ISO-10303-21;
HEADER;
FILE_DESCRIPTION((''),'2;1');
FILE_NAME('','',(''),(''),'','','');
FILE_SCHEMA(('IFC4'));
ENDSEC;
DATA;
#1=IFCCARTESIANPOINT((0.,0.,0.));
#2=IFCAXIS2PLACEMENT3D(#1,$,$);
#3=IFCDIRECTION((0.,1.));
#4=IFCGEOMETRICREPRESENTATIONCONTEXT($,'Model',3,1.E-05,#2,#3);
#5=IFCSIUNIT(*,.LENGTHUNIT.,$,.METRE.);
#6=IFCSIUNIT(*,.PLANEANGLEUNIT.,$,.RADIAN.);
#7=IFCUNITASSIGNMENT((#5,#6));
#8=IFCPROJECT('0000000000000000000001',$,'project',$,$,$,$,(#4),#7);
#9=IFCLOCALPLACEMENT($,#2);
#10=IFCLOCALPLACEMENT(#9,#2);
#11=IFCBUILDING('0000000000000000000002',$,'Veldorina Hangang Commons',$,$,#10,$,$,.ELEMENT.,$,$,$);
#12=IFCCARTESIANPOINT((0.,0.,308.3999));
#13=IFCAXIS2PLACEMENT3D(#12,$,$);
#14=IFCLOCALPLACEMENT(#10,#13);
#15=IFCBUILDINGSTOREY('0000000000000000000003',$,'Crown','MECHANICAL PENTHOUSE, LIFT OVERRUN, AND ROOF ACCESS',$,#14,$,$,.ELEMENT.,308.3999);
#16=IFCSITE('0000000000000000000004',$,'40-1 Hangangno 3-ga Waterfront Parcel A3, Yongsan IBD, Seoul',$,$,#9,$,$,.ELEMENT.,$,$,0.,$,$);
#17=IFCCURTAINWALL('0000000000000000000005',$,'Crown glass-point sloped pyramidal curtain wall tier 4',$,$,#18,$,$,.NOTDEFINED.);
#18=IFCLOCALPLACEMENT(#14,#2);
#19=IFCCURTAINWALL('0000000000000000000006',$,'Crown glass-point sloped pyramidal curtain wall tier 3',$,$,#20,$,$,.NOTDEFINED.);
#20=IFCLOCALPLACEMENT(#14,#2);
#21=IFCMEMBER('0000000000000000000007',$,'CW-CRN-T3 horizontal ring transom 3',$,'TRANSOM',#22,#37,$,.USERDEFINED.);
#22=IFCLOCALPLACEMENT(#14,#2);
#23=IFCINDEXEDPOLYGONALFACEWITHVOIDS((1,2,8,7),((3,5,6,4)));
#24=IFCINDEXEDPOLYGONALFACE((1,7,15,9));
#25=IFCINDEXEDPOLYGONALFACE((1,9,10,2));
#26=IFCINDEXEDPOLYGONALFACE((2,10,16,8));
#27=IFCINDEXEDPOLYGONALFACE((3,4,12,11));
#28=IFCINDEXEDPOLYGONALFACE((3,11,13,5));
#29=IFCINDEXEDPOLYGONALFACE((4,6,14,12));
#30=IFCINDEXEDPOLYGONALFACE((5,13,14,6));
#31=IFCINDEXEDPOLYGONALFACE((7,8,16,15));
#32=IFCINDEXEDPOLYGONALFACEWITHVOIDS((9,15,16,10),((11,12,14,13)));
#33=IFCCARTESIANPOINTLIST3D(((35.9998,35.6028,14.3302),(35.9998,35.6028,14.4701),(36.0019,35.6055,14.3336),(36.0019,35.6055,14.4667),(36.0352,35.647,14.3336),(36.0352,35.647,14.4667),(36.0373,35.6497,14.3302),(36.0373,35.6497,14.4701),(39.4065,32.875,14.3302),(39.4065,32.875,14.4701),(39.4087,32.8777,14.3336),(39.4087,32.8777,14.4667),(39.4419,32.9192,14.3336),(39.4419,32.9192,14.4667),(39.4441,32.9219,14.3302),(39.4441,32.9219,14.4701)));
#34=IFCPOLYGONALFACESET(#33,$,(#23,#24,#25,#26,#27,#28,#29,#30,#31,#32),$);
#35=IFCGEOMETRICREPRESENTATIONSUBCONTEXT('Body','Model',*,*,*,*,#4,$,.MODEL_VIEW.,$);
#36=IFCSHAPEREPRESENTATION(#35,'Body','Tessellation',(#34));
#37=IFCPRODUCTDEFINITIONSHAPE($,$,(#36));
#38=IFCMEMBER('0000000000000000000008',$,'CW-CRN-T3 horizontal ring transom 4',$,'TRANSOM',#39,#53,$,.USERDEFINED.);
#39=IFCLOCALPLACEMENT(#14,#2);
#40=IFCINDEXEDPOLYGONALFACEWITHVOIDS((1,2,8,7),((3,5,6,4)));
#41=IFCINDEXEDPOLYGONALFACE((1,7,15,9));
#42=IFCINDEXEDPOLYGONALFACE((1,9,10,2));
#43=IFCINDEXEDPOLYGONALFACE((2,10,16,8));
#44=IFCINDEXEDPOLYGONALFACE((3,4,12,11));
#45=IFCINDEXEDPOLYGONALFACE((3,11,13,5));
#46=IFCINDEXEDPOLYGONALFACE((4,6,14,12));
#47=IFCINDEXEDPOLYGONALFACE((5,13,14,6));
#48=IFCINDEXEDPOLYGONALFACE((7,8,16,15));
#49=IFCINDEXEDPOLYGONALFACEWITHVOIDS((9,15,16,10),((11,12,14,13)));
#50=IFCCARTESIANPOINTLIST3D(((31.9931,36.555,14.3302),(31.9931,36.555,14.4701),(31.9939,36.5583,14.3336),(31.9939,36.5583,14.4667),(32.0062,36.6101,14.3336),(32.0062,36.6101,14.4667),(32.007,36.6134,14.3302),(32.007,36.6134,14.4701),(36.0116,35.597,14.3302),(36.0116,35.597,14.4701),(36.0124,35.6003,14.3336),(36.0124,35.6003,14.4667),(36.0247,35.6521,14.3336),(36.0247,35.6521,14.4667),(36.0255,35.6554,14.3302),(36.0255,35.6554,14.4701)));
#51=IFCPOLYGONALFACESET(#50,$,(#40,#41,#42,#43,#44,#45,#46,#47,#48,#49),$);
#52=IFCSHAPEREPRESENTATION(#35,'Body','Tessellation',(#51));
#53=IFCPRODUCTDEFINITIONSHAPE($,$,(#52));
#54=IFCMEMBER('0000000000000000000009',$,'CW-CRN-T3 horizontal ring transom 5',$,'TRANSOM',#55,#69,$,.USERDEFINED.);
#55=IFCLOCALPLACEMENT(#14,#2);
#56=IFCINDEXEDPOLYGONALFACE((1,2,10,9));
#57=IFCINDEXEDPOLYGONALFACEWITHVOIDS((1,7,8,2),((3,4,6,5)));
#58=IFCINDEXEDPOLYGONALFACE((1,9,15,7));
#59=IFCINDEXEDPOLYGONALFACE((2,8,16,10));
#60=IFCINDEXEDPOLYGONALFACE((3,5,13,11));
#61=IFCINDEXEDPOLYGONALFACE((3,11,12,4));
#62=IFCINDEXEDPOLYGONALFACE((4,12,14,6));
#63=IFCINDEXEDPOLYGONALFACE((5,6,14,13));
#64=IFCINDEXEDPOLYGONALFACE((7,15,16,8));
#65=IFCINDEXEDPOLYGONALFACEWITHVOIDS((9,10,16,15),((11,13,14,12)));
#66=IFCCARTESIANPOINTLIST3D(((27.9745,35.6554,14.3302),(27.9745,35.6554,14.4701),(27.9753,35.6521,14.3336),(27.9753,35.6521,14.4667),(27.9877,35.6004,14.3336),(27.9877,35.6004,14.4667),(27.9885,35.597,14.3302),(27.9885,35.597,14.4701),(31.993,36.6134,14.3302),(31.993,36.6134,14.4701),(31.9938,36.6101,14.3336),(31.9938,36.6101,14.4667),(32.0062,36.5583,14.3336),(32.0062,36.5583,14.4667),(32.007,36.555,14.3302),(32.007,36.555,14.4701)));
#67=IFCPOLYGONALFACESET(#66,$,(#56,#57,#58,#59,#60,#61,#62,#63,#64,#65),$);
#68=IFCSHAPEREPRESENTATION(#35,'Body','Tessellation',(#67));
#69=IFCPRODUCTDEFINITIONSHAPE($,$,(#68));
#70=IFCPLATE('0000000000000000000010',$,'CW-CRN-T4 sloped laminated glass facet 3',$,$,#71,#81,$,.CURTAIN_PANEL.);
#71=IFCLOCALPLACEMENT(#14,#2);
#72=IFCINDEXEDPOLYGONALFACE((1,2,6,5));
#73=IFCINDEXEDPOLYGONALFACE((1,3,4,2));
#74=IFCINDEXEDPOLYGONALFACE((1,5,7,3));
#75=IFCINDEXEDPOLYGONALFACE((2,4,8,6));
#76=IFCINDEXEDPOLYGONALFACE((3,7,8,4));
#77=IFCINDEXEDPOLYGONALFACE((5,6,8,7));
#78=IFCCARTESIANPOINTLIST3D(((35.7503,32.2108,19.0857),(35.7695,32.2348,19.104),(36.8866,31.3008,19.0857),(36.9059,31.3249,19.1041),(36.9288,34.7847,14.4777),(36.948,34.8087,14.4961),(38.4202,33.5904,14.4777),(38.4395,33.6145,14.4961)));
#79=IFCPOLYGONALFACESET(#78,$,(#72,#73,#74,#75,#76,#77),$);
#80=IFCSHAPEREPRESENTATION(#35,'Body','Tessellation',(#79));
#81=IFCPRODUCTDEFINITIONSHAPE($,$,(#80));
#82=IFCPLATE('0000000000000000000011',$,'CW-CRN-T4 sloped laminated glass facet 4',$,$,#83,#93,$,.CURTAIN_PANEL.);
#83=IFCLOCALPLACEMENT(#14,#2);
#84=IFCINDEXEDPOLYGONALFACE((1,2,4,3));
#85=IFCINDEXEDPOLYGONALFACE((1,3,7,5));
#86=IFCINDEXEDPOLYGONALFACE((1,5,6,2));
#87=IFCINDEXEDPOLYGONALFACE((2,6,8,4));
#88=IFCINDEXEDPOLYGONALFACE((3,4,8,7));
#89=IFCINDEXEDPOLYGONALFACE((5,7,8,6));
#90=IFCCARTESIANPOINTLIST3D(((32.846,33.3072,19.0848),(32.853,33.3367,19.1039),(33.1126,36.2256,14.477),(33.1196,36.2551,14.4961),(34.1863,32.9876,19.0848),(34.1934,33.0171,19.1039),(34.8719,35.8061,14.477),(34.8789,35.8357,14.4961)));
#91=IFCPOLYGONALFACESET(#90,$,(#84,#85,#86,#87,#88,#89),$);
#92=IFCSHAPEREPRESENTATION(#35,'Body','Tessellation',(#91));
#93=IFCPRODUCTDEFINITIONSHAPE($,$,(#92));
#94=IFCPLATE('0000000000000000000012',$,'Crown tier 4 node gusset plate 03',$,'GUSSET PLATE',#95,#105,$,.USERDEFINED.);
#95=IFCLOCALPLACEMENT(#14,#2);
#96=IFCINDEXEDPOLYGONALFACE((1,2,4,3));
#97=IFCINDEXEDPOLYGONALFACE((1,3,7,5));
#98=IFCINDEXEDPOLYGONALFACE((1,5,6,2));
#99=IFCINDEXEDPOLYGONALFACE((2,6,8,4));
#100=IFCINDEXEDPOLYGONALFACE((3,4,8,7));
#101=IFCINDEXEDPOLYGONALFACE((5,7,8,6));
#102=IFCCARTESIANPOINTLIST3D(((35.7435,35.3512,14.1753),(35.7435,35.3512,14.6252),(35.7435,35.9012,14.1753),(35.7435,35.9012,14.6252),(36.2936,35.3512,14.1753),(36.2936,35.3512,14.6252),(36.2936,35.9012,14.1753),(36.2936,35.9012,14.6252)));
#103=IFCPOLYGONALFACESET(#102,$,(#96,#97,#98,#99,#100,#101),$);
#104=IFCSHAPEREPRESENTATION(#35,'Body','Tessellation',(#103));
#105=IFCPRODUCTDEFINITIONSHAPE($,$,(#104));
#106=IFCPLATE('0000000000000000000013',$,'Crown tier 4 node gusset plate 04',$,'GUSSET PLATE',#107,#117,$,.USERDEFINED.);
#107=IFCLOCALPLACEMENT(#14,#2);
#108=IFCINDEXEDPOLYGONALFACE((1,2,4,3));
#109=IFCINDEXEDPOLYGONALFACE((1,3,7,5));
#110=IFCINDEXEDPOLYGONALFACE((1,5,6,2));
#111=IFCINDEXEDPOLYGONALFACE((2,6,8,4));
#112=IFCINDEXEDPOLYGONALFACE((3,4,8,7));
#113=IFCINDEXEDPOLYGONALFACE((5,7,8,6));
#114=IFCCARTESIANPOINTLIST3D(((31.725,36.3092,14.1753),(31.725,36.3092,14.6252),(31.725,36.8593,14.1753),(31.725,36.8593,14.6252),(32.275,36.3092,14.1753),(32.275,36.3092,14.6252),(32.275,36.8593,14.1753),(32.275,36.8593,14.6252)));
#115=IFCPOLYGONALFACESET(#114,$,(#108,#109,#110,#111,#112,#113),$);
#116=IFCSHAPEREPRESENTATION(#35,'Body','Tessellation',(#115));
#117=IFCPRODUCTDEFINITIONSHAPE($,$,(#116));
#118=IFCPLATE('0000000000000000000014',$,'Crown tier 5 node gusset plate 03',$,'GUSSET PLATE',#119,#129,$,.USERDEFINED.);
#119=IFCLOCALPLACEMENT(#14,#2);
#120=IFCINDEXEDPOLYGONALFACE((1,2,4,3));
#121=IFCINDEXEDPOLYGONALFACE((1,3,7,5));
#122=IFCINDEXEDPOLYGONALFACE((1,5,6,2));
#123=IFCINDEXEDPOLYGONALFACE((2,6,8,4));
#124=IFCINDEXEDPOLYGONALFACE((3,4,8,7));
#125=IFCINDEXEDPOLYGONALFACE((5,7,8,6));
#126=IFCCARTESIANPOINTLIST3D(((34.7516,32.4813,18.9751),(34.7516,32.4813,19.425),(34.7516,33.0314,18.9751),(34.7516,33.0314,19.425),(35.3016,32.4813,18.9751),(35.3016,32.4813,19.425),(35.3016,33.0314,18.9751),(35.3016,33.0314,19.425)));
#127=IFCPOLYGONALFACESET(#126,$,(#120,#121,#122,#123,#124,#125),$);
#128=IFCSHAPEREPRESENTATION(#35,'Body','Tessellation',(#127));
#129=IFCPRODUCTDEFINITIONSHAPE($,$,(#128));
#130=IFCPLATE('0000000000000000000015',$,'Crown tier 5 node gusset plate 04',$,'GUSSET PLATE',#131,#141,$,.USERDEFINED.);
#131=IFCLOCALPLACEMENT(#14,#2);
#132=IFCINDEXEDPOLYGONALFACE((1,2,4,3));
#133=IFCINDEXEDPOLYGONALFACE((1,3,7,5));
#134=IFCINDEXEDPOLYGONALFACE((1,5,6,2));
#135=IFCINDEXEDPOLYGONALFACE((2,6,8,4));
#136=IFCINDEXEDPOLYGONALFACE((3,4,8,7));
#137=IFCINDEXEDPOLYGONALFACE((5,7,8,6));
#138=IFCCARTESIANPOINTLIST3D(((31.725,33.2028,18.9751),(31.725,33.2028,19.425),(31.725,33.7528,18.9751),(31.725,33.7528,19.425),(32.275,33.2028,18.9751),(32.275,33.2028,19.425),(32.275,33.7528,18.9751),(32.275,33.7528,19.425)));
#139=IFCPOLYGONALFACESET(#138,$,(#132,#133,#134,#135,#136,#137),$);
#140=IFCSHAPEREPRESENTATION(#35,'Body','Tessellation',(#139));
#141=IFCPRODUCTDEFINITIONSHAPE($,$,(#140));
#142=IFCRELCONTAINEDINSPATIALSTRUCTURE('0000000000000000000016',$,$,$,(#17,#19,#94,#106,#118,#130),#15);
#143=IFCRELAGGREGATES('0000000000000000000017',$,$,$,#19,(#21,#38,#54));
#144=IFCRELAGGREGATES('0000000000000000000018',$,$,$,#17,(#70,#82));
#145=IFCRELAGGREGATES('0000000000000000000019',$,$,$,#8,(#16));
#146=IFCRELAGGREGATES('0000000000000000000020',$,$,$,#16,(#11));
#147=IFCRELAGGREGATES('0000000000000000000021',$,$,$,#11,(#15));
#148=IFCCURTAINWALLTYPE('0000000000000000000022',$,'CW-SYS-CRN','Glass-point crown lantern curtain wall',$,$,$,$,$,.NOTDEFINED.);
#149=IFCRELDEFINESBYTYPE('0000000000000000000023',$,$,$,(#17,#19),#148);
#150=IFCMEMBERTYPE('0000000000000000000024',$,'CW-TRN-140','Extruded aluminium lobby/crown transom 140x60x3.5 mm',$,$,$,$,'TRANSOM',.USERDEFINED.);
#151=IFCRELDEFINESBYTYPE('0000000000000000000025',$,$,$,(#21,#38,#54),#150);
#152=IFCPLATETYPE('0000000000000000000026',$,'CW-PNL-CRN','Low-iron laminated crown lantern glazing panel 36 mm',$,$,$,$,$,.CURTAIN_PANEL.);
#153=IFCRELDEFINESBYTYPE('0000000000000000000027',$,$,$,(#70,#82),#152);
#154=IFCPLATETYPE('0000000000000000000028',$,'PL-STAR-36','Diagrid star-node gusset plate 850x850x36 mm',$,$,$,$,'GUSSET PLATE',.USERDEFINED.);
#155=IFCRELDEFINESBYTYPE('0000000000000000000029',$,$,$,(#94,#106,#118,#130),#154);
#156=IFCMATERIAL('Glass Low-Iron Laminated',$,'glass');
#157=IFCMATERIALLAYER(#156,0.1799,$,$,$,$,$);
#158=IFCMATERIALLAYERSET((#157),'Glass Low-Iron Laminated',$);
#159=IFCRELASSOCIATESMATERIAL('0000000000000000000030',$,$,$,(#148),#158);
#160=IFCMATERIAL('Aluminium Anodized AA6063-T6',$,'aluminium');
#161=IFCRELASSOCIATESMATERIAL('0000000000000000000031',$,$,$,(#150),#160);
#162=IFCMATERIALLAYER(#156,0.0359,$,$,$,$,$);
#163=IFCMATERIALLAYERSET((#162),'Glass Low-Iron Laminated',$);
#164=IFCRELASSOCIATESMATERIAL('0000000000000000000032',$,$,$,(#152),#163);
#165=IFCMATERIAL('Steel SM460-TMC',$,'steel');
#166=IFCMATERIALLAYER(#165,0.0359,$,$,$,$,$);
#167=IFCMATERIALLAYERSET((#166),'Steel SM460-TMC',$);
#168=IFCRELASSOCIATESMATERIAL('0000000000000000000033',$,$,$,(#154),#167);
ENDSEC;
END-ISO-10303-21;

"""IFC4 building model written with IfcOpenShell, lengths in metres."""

from ifc_helpers import new_model, si_unit, direction, frame, origin, origin_2d, place, context, subcontext, project, spatial, polyline, rectangle, hollow_rectangle, outline, extrude, material, layer, layer_set, material_profile, profile_set, type_object, element, aggregate, save


model = new_model("IFC4")

# Units and contexts
model_context = context("Model", 3, precision=1e-05, world=origin(), true_north=direction((0.0, 1.0)))
body_context = subcontext(model_context, "Body", "Model", "MODEL_VIEW")
ifc_project = project(units=[si_unit("LENGTHUNIT", "METRE"), si_unit("PLANEANGLEUNIT", "RADIAN")], contexts=[model_context])

# Site, building, storey
site_placement = place(None, origin())
site = spatial("IfcSite", under=ifc_project, at=site_placement, Name="40-1 Hangangno 3-ga Waterfront Parcel A3, Yongsan IBD, Seoul", CompositionType="ELEMENT", RefElevation=0.0)
building_placement = place(site_placement, origin())
building = spatial("IfcBuilding", under=site, at=building_placement, Name="Veldorina Hangang Commons", CompositionType="ELEMENT")
storey_placement = place(building_placement, frame((0.0, 0.0, 308.3999)))
storey = spatial("IfcBuildingStorey", under=building, at=storey_placement, Name="Crown", Description="MECHANICAL PENTHOUSE, LIFT OVERRUN, AND ROOF ACCESS", CompositionType="ELEMENT", Elevation=308.3999)

# Shared definitions
ifc_material_1 = material(Name="Steel SM460-TMC", Category="steel")

# Curtain wall
ifc_material_2 = material(Name="Glass Low-Iron Laminated", Category="glass")
ifc_layer_1 = layer(ifc_material_2, 0.1799)
ifc_layer_set_1 = layer_set([ifc_layer_1], Name="Glass Low-Iron Laminated")
curtain_wall_type = type_object("IfcCurtainWallType", Name="CW-SYS-CRN", Description="Glass-point crown lantern curtain wall", PredefinedType="NOTDEFINED", material=ifc_layer_set_1)
curtain_wall_1_placement = place(storey_placement, origin())
curtain_wall_1 = element("IfcCurtainWall", 1, at=curtain_wall_1_placement, inside=storey, type_object=curtain_wall_type, Name="Crown glass-point sloped pyramidal curtain wall tier 4", PredefinedType="NOTDEFINED")
ifc_material_3 = material(Name="Aluminium Anodized AA6063-T6", Category="aluminium")

# Curtain wall, members
curtain_wall_2_placement = place(storey_placement, origin())
curtain_wall_2 = element("IfcCurtainWall", 2, at=curtain_wall_2_placement, inside=storey, type_object=curtain_wall_type, Name="Crown glass-point sloped pyramidal curtain wall tier 3", PredefinedType="NOTDEFINED")
ifc_material_profile_1 = material_profile(ifc_material_3, hollow_rectangle(XDim=0.0601, YDim=0.1399, WallThickness=0.0034, at=origin_2d()), Name="ALU-RHS-140x60x3.5")
ifc_profile_set_1 = profile_set([ifc_material_profile_1], Name="Aluminium Anodized AA6063-T6")
member_type_1 = type_object("IfcMemberType", Name="CW-TRN-140", Description="Extruded aluminium lobby/crown transom 140x60x3.5 mm", ElementType="TRANSOM", PredefinedType="USERDEFINED", material=ifc_profile_set_1)
member_1_placement = place(storey_placement, frame((39.4253, 32.8984, 14.4001), z_axis=(-0.780601, 0.625029, 0.0), x_axis=(-0.625029, -0.780601, 0.0)))
member_1 = element("IfcMember", 3, at=member_1_placement, type_object=member_type_1, Name="CW-CRN-T3 horizontal ring transom 3", ObjectType="TRANSOM", PredefinedType="USERDEFINED", context=body_context, shape_type="SweptSolid", body=[
    extrude(hollow_rectangle(XDim=0.0601, YDim=0.1399, WallThickness=0.0034, at=origin_2d()), origin(), (0.0, 0.0, 1.0), 4.3643),
])
member_2_placement = place(storey_placement, frame((36.0186, 35.6262, 14.4001), z_axis=(-0.97274, 0.231897, 0.0), x_axis=(-0.231897, -0.97274, 0.0)))
member_2 = element("IfcMember", 4, at=member_2_placement, type_object=member_type_1, Name="CW-CRN-T3 horizontal ring transom 4", ObjectType="TRANSOM", PredefinedType="USERDEFINED", context=body_context, shape_type="SweptSolid", body=[
    extrude(hollow_rectangle(XDim=0.0601, YDim=0.1399, WallThickness=0.0034, at=origin_2d()), origin(), (0.0, 0.0, 1.0), 4.1311),
])
member_3_placement = place(storey_placement, frame((32.0, 36.5842, 14.4001), z_axis=(-0.97274, -0.231897, 0.0), x_axis=(0.231897, -0.97274, 0.0)))
member_3 = element("IfcMember", 5, at=member_3_placement, type_object=member_type_1, Name="CW-CRN-T3 horizontal ring transom 5", ObjectType="TRANSOM", PredefinedType="USERDEFINED", context=body_context, shape_type="SweptSolid", body=[
    extrude(hollow_rectangle(XDim=0.0601, YDim=0.1399, WallThickness=0.0034, at=origin_2d()), origin(), (0.0, 0.0, 1.0), 4.1311),
])
aggregate(curtain_wall_2, [member_1, member_2, member_3])

# Plates
ifc_layer_2 = layer(ifc_material_2, 0.0359)
ifc_layer_set_2 = layer_set([ifc_layer_2], Name="Glass Low-Iron Laminated")
plate_type_1 = type_object("IfcPlateType", Name="CW-PNL-CRN", Description="Low-iron laminated crown lantern glazing panel 36 mm", PredefinedType="CURTAIN_PANEL", material=ifc_layer_set_2)
plate_1_placement = place(storey_placement, frame((38.4395, 33.6145, 14.4961), z_axis=(0.536942, 0.67057, 0.511889), x_axis=(-0.780587, 0.625048, -0.000016)))
plate_1 = element("IfcPlate", 6, at=plate_1_placement, type_object=plate_type_1, Name="CW-CRN-T4 sloped laminated glass facet 3", PredefinedType="CURTAIN_PANEL", context=body_context, shape_type="SweptSolid", body=[
    extrude(outline(polyline([(0.0, 0.0), (1.9106, 0.0), (1.2217, 5.364), (-0.2341, 5.364), (0.0, 0.0)])), origin(), (0.0, 0.0, -1.0), 0.0359),
])
plate_2_placement = place(storey_placement, frame((34.8789, 35.8357, 14.4961), z_axis=(0.19627, 0.823204, 0.532741), x_axis=(-0.972735, 0.231919, 0.000004)))
plate_2 = element("IfcPlate", 7, at=plate_2_placement, type_object=plate_type_1, Name="CW-CRN-T4 sloped laminated glass facet 4", PredefinedType="CURTAIN_PANEL", context=body_context, shape_type="SweptSolid", body=[
    extrude(outline(polyline([(0.0, 0.0), (1.8086, 0.0), (1.3911, 5.4448), (0.0132, 5.4448), (0.0, 0.0)])), origin(), (0.0, 0.0, -1.0), 0.0359),
])
aggregate(curtain_wall_1, [plate_1, plate_2])

# Plates
ifc_layer_3 = layer(ifc_material_1, 0.0359)
ifc_layer_set_3 = layer_set([ifc_layer_3], Name="Steel SM460-TMC")
plate_type_2 = type_object("IfcPlateType", Name="PL-STAR-36", Description="Diagrid star-node gusset plate 850x850x36 mm", ElementType="GUSSET PLATE", PredefinedType="USERDEFINED", material=ifc_layer_set_3)
for number, where, z_axis, x_axis, name in (
    (8, (36.0186, 35.6262, 14.1753), (0.0, 0.0, 1.0), (1.0, 0.0, 0.0), "Crown tier 4 node gusset plate 03"),
    (9, (32.0, 36.5842, 14.1753), (0.0, 0.0, 1.0), (1.0, 0.0, 0.0), "Crown tier 4 node gusset plate 04"),
    (10, (35.0266, 32.7563, 18.9751), (0.0, 0.0, 1.0), (1.0, 0.0, 0.0), "Crown tier 5 node gusset plate 03"),
    (11, (32.0, 33.4778, 18.9751), (0.0, 0.0, 1.0), (1.0, 0.0, 0.0), "Crown tier 5 node gusset plate 04"),
):
    element("IfcPlate", number, at=place(storey_placement, frame(where, z_axis=z_axis, x_axis=x_axis)), inside=storey, type_object=plate_type_2, Name=name, ObjectType="GUSSET PLATE", PredefinedType="USERDEFINED", context=body_context, shape_type="SweptSolid", body=[
        extrude(rectangle(XDim=0.55, YDim=0.55, at=origin_2d()), origin(), (0.0, 0.0, 1.0), 0.45),
    ])

save(model, "model.ifc")
